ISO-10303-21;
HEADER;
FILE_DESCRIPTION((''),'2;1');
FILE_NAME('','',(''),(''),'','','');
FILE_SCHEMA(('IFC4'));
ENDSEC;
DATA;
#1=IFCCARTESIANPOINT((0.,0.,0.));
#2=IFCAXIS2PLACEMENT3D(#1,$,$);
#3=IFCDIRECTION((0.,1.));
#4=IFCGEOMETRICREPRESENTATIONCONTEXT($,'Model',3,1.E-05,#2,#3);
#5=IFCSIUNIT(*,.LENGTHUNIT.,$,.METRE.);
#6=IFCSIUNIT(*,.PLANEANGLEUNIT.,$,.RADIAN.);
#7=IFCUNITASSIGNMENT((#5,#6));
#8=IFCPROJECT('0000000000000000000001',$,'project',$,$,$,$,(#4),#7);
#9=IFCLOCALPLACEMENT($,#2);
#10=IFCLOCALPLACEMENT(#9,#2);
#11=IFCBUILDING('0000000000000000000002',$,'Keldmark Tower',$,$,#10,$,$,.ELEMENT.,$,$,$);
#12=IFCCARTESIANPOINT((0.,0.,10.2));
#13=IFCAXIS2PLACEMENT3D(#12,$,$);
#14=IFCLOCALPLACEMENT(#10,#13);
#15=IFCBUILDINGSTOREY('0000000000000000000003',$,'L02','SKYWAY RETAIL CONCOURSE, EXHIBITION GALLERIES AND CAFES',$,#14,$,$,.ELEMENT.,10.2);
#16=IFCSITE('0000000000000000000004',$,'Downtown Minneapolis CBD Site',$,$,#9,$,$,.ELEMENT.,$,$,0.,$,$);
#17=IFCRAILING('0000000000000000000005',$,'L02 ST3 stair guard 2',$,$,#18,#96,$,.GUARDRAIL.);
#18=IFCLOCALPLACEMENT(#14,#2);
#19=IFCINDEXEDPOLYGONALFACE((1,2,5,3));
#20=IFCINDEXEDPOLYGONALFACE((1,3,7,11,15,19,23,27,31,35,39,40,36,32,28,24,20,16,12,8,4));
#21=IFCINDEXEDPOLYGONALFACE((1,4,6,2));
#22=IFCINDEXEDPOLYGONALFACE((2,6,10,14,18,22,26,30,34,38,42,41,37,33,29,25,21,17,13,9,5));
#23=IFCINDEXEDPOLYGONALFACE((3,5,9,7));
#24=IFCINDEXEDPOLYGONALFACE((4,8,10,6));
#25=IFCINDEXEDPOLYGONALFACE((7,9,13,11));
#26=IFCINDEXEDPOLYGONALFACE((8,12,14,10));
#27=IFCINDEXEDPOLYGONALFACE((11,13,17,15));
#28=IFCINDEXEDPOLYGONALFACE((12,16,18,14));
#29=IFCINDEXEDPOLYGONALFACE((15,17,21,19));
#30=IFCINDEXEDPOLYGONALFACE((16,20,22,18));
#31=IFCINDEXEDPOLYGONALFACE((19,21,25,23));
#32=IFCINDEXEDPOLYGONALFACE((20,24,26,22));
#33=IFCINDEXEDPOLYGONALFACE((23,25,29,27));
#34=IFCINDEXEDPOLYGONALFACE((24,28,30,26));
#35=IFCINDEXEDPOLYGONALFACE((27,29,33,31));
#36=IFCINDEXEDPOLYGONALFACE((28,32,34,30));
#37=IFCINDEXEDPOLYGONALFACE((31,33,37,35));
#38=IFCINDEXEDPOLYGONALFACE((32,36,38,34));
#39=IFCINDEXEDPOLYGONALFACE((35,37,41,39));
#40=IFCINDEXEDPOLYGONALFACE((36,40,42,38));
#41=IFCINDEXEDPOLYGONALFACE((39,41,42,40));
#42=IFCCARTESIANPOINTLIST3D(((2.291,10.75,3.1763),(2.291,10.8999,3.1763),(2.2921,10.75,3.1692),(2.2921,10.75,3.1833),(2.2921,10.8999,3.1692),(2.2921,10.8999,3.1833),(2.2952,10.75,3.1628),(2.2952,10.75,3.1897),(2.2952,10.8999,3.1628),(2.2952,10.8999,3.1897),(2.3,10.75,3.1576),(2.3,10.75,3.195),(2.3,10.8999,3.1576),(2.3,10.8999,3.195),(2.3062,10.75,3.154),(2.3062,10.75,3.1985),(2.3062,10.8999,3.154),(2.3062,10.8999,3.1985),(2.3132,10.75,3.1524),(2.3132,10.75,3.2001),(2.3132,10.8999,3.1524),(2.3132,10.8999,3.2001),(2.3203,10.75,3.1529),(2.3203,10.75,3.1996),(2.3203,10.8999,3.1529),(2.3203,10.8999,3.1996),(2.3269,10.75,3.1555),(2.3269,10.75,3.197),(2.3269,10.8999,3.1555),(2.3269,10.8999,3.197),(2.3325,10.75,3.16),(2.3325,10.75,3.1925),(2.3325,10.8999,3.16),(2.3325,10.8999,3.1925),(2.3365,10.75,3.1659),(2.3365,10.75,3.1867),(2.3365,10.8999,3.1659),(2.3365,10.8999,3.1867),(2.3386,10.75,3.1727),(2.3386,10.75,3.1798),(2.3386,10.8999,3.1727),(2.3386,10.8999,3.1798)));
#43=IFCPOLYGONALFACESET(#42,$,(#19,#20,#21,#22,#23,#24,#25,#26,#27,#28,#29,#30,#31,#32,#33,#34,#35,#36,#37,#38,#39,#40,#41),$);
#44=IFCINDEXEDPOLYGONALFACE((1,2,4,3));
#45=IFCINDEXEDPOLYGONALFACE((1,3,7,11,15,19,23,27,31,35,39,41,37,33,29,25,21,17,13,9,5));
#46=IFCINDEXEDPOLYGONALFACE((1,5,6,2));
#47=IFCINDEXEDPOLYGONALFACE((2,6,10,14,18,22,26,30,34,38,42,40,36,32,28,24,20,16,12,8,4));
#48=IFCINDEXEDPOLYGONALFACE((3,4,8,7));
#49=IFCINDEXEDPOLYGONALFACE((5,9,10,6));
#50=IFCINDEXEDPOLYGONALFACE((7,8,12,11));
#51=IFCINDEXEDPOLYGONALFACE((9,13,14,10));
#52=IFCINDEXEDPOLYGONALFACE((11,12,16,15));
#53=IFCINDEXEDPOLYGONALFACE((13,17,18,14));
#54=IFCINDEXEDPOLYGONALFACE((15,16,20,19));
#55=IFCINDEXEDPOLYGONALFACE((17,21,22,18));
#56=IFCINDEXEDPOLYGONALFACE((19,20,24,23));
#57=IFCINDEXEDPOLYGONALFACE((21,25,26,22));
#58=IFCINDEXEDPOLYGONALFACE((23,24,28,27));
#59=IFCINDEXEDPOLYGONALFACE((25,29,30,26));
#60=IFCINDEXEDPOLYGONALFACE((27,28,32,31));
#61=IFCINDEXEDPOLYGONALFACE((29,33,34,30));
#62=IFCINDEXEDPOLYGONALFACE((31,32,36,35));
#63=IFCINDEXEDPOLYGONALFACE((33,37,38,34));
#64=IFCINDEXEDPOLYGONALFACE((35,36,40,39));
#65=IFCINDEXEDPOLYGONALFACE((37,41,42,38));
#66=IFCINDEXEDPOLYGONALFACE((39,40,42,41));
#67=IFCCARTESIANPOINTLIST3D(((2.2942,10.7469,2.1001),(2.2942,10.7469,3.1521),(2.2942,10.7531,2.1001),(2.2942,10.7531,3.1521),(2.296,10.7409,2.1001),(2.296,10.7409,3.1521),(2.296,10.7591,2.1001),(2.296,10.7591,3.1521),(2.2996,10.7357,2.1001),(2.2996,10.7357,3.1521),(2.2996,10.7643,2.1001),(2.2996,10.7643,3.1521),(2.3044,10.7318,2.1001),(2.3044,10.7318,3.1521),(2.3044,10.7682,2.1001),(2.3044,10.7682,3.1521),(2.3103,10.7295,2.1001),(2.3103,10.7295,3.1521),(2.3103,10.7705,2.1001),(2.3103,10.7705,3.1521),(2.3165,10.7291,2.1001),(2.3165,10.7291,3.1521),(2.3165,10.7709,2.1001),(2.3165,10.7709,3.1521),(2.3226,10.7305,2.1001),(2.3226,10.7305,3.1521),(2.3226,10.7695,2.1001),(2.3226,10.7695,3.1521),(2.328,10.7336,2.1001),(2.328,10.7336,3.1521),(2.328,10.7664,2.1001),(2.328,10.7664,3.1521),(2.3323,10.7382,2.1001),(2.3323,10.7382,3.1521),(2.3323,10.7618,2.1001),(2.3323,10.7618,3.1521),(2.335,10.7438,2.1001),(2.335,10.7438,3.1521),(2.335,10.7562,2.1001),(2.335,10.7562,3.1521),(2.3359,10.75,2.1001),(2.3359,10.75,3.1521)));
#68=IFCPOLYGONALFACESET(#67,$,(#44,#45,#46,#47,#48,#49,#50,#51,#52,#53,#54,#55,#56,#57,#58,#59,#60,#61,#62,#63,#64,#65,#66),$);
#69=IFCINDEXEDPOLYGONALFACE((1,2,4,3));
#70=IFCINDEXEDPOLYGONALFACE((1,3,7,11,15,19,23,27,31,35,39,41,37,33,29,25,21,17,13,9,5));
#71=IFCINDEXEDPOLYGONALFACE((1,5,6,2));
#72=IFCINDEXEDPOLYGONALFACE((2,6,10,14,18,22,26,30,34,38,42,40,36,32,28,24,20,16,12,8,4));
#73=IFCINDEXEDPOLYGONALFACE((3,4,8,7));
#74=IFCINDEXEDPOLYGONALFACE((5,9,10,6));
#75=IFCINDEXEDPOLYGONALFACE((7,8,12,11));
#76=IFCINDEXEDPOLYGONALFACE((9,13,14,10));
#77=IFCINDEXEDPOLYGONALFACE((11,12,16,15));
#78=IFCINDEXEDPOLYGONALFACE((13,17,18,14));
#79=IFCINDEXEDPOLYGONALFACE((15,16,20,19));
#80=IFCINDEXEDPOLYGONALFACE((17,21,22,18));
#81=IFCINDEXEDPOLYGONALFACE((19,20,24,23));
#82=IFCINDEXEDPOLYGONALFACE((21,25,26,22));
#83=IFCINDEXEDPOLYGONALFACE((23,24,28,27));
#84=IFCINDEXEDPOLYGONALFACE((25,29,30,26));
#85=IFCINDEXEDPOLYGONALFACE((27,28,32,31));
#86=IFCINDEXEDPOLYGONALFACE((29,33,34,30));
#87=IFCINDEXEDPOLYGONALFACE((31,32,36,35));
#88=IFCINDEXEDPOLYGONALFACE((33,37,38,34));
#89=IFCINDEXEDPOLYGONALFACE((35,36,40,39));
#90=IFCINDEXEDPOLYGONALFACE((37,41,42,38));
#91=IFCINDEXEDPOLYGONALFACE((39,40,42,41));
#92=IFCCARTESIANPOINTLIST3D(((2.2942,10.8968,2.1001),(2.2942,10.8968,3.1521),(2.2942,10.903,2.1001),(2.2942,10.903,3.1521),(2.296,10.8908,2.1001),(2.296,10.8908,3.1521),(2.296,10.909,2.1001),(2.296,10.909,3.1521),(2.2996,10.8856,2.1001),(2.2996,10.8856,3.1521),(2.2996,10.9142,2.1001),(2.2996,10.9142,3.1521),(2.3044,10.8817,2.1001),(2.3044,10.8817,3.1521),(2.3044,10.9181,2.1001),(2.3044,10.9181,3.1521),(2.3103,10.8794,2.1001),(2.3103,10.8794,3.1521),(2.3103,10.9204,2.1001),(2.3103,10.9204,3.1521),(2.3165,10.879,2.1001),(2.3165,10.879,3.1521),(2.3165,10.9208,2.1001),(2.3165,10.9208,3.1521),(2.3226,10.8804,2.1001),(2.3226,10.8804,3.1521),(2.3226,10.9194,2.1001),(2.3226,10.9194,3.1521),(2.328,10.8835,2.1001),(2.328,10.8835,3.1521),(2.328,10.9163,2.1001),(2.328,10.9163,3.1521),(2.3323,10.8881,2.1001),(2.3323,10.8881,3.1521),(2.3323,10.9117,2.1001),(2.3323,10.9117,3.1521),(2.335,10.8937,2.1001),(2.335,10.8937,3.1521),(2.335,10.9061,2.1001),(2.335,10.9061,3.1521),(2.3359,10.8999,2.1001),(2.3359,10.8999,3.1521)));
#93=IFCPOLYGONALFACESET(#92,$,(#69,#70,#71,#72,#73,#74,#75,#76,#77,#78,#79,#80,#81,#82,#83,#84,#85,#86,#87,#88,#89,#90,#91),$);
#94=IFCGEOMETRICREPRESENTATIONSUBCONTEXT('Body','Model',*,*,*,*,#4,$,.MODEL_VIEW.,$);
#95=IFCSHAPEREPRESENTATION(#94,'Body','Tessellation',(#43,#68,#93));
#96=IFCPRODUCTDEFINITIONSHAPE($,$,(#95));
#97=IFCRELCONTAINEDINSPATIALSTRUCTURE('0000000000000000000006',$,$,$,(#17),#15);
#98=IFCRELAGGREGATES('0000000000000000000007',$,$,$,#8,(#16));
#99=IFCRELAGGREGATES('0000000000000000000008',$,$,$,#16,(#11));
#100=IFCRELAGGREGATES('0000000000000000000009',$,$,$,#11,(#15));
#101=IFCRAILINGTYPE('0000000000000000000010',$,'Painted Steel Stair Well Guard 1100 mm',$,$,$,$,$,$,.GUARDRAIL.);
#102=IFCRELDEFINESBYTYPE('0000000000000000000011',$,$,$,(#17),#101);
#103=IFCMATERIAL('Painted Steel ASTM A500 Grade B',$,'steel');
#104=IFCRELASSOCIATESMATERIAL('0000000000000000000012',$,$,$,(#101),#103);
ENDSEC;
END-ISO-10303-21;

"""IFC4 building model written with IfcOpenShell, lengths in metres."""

from ifc_helpers import new_model, si_unit, direction, frame, origin, origin_2d, place, context, subcontext, project, spatial, circle, extrude, material, type_object, element, save


model = new_model("IFC4")

# Units and contexts
model_context = context("Model", 3, precision=1e-05, world=origin(), true_north=direction((0.0, 1.0)))
body_context = subcontext(model_context, "Body", "Model", "MODEL_VIEW")
ifc_project = project(units=[si_unit("LENGTHUNIT", "METRE"), si_unit("PLANEANGLEUNIT", "RADIAN")], contexts=[model_context])

# Site, building, storey
site_placement = place(None, origin())
site = spatial("IfcSite", under=ifc_project, at=site_placement, Name="Downtown Minneapolis CBD Site", CompositionType="ELEMENT", RefElevation=0.0)
building_placement = place(site_placement, origin())
building = spatial("IfcBuilding", under=site, at=building_placement, Name="Keldmark Tower", CompositionType="ELEMENT")
storey_placement = place(building_placement, frame((0.0, 0.0, 10.2)))
storey = spatial("IfcBuildingStorey", under=building, at=storey_placement, Name="L02", Description="SKYWAY RETAIL CONCOURSE, EXHIBITION GALLERIES AND CAFES", CompositionType="ELEMENT", Elevation=10.2)

# Railing
ifc_material_1 = material(Name="Painted Steel ASTM A500 Grade B", Category="steel")
railing_type_1 = type_object("IfcRailingType", Name="Painted Steel Stair Well Guard 1100 mm", PredefinedType="GUARDRAIL", material=ifc_material_1)
railing_1_placement = place(storey_placement, frame((2.3149, 10.75, 2.1001)))
element("IfcRailing", 1, at=railing_1_placement, inside=storey, type_object=railing_type_1, Name="L02 ST3 stair guard 2", PredefinedType="GUARDRAIL", context=body_context, shape_type="SweptSolid", body=[
    extrude(circle(Radius=0.0239, at=origin_2d()), frame((0.0, 0.0, 1.0762), z_axis=(0.0, 1.0, 0.0), x_axis=(-1.0, 0.0, 0.0)), (0.0, 0.0, 1.0), 0.1499),
    extrude(circle(Radius=0.021, at=origin_2d()), origin(), (0.0, 0.0, 1.0), 1.052),
    extrude(circle(Radius=0.021, at=origin_2d()), frame((0.0, 0.1499, 0.0)), (0.0, 0.0, 1.0), 1.052),
])

save(model, "model.ifc")
